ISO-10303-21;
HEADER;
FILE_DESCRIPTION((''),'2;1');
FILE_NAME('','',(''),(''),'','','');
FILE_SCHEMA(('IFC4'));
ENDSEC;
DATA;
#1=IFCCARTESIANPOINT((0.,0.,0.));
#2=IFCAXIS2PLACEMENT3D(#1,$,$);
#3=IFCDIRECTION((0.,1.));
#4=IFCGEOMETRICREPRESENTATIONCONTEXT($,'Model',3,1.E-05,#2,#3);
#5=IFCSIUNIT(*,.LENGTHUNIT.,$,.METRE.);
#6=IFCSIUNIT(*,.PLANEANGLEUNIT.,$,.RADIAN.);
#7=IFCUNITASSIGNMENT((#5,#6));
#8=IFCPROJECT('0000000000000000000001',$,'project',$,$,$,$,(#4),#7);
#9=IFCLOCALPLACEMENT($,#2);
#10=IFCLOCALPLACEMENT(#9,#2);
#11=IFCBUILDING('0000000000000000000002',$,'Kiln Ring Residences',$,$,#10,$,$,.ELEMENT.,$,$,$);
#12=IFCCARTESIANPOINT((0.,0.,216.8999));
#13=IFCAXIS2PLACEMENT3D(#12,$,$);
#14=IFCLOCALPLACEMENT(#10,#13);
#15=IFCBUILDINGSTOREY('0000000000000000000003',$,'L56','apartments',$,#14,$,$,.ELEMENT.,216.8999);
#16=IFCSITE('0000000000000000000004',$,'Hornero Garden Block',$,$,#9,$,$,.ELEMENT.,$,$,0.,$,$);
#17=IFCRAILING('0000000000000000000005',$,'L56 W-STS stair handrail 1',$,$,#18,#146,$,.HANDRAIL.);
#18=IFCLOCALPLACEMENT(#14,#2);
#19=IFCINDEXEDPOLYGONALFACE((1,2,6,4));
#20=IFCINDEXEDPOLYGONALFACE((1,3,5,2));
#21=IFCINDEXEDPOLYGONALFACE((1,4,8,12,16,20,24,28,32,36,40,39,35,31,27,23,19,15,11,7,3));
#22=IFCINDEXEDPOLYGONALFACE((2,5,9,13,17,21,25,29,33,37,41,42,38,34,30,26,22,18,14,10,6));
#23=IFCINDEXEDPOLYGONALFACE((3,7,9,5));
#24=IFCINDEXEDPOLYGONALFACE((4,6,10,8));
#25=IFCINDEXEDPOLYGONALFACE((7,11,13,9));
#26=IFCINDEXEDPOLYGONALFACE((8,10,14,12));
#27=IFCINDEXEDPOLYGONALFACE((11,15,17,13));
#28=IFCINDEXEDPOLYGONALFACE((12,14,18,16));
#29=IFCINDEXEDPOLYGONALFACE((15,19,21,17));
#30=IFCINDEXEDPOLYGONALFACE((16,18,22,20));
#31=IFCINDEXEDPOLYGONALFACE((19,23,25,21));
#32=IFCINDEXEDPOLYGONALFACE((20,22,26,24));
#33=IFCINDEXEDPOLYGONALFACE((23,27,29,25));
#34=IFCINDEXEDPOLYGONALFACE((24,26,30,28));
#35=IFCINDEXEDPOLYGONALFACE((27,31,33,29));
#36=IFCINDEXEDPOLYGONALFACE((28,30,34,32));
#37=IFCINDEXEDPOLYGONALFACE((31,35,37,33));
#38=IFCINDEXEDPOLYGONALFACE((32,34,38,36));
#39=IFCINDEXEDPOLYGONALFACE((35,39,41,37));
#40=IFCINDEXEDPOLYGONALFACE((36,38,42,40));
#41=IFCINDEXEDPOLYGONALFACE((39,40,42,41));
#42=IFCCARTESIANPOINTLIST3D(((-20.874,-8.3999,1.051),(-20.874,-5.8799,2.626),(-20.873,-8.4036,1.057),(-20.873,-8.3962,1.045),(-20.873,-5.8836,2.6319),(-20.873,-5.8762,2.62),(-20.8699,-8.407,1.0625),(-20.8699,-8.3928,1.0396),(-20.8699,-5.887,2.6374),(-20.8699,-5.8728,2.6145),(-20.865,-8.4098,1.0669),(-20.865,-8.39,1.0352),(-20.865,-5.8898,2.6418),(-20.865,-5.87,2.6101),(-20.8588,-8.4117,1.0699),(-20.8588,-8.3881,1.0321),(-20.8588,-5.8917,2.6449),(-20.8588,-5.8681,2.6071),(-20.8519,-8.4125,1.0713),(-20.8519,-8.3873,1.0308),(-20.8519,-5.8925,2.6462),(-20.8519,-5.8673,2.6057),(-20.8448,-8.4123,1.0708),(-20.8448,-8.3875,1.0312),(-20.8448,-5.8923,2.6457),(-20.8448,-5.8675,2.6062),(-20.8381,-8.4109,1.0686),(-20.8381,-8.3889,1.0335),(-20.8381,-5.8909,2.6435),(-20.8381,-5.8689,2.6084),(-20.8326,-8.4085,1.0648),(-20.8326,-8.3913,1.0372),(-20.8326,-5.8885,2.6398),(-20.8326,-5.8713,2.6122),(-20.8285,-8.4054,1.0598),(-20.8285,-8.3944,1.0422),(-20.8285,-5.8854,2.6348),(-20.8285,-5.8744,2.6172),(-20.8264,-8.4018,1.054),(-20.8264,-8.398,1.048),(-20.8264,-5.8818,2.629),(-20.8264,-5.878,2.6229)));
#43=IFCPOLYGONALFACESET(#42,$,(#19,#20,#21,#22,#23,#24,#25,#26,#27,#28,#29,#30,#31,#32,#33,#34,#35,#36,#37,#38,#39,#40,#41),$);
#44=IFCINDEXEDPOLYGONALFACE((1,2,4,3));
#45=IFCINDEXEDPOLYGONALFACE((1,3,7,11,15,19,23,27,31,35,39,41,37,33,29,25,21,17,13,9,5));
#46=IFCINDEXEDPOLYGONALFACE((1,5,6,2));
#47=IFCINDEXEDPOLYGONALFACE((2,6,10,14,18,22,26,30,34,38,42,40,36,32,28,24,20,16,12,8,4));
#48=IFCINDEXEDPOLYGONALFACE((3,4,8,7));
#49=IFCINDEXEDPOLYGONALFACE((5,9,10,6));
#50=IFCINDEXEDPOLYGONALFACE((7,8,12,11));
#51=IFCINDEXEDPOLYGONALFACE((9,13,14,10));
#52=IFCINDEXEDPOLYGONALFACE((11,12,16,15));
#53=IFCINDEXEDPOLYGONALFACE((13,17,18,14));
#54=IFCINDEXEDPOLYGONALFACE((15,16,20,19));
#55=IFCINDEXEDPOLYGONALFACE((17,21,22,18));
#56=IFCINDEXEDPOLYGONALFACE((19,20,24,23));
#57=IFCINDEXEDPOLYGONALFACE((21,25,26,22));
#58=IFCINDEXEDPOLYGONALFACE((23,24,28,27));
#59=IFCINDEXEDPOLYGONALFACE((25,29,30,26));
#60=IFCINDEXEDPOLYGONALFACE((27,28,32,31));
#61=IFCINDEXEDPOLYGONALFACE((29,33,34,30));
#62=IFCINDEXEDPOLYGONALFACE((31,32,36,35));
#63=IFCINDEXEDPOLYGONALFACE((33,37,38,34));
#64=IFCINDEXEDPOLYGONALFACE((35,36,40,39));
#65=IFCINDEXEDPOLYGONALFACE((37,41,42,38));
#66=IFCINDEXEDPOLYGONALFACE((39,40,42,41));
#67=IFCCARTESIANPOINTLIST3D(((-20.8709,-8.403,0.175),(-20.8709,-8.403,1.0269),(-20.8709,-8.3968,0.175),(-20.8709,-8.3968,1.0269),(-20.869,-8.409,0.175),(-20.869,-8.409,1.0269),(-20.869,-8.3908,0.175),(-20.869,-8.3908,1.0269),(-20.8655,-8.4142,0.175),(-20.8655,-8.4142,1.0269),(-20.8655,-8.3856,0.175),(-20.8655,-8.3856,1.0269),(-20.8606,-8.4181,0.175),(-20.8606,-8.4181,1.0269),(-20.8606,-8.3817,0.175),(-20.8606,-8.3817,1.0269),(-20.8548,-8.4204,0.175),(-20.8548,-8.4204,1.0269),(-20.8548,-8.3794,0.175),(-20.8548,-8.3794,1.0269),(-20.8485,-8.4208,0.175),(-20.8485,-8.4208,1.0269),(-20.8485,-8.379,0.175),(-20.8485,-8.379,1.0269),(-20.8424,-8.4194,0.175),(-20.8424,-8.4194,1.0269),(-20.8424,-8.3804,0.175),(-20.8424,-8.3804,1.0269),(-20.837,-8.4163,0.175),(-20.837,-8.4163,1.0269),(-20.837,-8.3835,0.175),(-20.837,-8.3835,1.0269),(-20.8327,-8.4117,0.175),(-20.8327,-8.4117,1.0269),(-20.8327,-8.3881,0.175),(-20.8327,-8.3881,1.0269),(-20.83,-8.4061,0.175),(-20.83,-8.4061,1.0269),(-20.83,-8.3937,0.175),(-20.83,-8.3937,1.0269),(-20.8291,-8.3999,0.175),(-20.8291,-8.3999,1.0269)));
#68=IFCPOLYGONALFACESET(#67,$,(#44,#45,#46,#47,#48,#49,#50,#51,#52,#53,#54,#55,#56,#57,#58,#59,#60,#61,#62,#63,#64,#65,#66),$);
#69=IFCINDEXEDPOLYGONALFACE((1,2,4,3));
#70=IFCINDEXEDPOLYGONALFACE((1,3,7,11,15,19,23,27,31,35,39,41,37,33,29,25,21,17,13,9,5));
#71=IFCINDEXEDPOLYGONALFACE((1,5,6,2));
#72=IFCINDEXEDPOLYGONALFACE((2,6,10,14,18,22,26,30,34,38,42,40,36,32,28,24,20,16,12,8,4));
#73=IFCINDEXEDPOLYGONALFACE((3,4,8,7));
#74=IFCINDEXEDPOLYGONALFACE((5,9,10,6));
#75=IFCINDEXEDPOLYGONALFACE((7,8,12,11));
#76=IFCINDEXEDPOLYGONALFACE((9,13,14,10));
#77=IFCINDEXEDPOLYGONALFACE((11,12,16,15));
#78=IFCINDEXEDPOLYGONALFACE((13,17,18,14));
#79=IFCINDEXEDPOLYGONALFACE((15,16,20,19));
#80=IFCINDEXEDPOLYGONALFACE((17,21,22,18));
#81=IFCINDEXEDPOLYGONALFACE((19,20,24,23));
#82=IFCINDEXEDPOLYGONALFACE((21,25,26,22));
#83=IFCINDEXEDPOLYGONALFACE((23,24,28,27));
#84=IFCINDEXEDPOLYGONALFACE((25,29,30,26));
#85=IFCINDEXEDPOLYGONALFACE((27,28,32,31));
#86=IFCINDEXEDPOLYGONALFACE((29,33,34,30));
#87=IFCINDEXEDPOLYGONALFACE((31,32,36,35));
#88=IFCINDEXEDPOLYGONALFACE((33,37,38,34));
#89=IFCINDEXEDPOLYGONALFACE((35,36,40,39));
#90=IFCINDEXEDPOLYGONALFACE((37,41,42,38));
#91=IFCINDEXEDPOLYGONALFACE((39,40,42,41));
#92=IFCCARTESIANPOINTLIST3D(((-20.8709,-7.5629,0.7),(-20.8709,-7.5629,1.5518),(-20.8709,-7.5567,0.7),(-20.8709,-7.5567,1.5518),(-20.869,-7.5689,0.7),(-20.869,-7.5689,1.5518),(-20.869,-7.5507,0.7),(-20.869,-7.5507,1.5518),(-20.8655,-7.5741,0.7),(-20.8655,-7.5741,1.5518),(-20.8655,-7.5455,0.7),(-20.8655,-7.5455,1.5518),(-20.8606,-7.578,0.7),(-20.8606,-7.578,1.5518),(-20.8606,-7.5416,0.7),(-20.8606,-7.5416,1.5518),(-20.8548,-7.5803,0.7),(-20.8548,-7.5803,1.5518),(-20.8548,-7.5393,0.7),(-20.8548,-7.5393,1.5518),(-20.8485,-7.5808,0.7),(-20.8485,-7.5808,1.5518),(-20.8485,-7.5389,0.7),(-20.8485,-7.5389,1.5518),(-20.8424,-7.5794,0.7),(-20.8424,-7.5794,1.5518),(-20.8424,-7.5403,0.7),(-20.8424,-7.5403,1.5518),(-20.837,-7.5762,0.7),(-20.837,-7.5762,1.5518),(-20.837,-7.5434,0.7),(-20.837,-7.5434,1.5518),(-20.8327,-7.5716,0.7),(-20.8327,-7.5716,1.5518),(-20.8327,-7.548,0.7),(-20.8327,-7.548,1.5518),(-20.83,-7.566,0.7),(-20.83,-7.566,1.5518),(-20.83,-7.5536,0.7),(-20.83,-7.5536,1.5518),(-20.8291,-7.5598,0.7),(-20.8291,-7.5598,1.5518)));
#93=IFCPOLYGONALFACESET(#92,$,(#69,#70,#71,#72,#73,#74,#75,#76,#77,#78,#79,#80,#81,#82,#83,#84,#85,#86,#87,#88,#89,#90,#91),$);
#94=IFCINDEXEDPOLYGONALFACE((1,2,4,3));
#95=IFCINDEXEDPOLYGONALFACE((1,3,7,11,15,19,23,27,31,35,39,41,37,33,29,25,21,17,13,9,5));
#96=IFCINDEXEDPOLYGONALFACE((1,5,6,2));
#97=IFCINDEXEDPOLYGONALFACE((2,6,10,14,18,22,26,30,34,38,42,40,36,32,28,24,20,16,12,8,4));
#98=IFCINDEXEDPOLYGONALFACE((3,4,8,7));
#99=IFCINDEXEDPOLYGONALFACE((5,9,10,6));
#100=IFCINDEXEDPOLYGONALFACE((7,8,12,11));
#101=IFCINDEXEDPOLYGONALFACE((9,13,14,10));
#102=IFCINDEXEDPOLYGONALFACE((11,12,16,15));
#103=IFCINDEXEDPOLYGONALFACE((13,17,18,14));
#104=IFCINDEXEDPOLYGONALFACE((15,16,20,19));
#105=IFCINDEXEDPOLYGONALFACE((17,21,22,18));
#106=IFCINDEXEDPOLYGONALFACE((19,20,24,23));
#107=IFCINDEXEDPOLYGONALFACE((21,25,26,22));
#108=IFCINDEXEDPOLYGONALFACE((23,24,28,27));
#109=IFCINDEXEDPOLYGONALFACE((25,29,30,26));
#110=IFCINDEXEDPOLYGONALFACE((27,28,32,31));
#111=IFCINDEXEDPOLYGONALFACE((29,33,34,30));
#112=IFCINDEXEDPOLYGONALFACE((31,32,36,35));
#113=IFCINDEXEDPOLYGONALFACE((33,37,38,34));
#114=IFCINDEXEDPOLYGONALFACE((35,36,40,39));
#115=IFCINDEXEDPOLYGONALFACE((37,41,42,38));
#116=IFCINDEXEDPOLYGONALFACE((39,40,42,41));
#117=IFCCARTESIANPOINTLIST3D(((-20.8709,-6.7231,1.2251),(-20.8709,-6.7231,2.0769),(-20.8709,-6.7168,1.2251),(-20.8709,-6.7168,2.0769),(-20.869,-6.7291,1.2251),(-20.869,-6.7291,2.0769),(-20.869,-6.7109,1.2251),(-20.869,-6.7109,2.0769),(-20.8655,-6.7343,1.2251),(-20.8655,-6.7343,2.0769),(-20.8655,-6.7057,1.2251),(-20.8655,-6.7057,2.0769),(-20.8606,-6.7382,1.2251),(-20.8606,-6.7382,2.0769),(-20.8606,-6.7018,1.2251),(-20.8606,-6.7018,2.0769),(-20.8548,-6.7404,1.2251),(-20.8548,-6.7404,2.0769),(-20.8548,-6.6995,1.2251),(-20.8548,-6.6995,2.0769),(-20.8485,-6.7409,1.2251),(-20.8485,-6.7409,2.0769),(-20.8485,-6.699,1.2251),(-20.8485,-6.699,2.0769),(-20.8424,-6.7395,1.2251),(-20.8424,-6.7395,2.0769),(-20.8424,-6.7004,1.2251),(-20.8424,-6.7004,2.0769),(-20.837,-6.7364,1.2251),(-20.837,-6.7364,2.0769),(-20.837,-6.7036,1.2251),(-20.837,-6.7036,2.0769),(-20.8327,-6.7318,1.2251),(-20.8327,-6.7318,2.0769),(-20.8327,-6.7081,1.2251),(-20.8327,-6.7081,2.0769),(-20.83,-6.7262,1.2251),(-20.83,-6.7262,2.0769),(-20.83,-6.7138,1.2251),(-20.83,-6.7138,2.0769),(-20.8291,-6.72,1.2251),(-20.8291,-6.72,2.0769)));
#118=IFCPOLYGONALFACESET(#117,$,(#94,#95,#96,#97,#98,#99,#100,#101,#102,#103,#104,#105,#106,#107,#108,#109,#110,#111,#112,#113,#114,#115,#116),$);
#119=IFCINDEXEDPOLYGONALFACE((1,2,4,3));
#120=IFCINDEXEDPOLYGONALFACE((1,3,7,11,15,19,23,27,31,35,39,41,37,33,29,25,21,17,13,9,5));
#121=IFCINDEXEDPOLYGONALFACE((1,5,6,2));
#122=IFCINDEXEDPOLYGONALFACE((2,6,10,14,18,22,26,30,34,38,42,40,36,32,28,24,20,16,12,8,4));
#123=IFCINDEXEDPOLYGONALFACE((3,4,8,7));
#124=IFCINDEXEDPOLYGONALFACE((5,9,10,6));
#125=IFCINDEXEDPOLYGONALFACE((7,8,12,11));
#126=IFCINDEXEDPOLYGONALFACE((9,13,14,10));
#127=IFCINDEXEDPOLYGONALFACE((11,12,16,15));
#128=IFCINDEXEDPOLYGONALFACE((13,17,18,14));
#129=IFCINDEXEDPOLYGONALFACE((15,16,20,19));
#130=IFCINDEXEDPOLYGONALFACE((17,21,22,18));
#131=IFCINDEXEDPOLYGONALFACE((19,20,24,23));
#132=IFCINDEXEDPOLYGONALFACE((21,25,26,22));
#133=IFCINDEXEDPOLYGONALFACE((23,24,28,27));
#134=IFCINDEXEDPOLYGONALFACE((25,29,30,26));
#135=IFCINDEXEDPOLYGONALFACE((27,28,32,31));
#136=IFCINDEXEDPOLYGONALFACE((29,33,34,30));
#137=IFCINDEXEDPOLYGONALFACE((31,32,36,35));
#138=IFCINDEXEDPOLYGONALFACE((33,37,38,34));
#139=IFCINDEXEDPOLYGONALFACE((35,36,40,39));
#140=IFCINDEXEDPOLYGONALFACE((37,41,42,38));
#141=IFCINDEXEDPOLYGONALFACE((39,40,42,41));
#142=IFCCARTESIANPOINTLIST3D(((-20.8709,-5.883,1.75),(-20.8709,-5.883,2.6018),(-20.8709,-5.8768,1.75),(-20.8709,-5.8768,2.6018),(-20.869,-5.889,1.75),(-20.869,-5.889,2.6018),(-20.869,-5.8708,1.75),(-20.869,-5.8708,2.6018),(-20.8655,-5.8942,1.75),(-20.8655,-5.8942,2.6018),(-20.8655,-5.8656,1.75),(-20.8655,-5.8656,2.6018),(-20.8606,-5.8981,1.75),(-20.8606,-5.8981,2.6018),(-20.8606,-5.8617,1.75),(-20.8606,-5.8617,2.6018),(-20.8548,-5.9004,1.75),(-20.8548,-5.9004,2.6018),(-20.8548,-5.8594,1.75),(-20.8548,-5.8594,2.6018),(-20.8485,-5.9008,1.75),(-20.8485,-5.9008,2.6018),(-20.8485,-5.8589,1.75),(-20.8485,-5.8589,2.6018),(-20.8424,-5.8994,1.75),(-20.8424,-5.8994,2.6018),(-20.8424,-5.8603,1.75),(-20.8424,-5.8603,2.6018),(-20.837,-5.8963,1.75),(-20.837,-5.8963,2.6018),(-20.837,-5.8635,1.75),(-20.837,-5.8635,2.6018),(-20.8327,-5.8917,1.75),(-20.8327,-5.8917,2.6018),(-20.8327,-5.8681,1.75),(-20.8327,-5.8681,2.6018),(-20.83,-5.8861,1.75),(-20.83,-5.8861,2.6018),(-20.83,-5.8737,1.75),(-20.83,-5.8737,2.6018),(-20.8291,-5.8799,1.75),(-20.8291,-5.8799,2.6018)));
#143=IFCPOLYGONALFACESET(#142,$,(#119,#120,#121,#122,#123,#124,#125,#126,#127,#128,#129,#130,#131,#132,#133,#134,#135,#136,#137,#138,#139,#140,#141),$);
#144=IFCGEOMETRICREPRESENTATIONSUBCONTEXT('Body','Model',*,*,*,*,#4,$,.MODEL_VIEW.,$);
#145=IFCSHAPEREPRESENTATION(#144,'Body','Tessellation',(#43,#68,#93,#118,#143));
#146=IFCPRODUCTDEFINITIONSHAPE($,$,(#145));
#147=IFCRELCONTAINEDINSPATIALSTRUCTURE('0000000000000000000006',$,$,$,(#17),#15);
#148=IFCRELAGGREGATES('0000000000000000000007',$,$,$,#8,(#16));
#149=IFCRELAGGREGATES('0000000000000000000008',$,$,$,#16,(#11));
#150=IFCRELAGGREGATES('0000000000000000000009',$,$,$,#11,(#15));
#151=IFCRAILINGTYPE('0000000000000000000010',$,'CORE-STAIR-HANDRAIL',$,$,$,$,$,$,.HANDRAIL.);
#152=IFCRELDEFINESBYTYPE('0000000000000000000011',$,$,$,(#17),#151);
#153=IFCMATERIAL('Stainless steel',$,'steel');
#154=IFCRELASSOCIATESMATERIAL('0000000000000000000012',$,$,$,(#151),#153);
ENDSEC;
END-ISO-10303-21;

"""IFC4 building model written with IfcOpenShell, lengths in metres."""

from ifc_helpers import new_model, si_unit, direction, frame, origin, origin_2d, place, context, subcontext, project, spatial, circle, extrude, material, type_object, element, save


model = new_model("IFC4")

# Units and contexts
model_context = context("Model", 3, precision=1e-05, world=origin(), true_north=direction((0.0, 1.0)))
body_context = subcontext(model_context, "Body", "Model", "MODEL_VIEW")
ifc_project = project(units=[si_unit("LENGTHUNIT", "METRE"), si_unit("PLANEANGLEUNIT", "RADIAN")], contexts=[model_context])

# Site, building, storey
site_placement = place(None, origin())
site = spatial("IfcSite", under=ifc_project, at=site_placement, Name="Hornero Garden Block", CompositionType="ELEMENT", RefElevation=0.0)
building_placement = place(site_placement, origin())
building = spatial("IfcBuilding", under=site, at=building_placement, Name="Kiln Ring Residences", CompositionType="ELEMENT")
storey_placement = place(building_placement, frame((0.0, 0.0, 216.8999)))
storey = spatial("IfcBuildingStorey", under=building, at=storey_placement, Name="L56", Description="apartments", CompositionType="ELEMENT", Elevation=216.8999)

# Railing
ifc_material_1 = material(Name="Stainless steel", Category="steel")
railing_type_1 = type_object("IfcRailingType", Name="CORE-STAIR-HANDRAIL", PredefinedType="HANDRAIL", material=ifc_material_1)
railing_1_placement = place(storey_placement, frame((-20.8501, -8.3999, 0.175)))
element("IfcRailing", 1, at=railing_1_placement, inside=storey, type_object=railing_type_1, Name="L56 W-STS stair handrail 1", PredefinedType="HANDRAIL", context=body_context, shape_type="SweptSolid", body=[
    extrude(circle(Radius=0.0239, at=origin_2d()), frame((0.0, 0.0, 0.876), z_axis=(0.0, 0.848008, 0.529984), x_axis=(-1.0, 0.0, 0.0)), (0.0, 0.0, 1.0), 2.9717),
    extrude(circle(Radius=0.021, at=origin_2d()), origin(), (0.0, 0.0, 1.0), 0.8518),
    extrude(circle(Radius=0.021, at=origin_2d()), frame((0.0, 0.8401, 0.5249)), (0.0, 0.0, 1.0), 0.8518),
    extrude(circle(Radius=0.021, at=origin_2d()), frame((0.0, 1.6799, 1.05)), (0.0, 0.0, 1.0), 0.8518),
    extrude(circle(Radius=0.021, at=origin_2d()), frame((0.0, 2.52, 1.575)), (0.0, 0.0, 1.0), 0.8518),
])

save(model, "model.ifc")
